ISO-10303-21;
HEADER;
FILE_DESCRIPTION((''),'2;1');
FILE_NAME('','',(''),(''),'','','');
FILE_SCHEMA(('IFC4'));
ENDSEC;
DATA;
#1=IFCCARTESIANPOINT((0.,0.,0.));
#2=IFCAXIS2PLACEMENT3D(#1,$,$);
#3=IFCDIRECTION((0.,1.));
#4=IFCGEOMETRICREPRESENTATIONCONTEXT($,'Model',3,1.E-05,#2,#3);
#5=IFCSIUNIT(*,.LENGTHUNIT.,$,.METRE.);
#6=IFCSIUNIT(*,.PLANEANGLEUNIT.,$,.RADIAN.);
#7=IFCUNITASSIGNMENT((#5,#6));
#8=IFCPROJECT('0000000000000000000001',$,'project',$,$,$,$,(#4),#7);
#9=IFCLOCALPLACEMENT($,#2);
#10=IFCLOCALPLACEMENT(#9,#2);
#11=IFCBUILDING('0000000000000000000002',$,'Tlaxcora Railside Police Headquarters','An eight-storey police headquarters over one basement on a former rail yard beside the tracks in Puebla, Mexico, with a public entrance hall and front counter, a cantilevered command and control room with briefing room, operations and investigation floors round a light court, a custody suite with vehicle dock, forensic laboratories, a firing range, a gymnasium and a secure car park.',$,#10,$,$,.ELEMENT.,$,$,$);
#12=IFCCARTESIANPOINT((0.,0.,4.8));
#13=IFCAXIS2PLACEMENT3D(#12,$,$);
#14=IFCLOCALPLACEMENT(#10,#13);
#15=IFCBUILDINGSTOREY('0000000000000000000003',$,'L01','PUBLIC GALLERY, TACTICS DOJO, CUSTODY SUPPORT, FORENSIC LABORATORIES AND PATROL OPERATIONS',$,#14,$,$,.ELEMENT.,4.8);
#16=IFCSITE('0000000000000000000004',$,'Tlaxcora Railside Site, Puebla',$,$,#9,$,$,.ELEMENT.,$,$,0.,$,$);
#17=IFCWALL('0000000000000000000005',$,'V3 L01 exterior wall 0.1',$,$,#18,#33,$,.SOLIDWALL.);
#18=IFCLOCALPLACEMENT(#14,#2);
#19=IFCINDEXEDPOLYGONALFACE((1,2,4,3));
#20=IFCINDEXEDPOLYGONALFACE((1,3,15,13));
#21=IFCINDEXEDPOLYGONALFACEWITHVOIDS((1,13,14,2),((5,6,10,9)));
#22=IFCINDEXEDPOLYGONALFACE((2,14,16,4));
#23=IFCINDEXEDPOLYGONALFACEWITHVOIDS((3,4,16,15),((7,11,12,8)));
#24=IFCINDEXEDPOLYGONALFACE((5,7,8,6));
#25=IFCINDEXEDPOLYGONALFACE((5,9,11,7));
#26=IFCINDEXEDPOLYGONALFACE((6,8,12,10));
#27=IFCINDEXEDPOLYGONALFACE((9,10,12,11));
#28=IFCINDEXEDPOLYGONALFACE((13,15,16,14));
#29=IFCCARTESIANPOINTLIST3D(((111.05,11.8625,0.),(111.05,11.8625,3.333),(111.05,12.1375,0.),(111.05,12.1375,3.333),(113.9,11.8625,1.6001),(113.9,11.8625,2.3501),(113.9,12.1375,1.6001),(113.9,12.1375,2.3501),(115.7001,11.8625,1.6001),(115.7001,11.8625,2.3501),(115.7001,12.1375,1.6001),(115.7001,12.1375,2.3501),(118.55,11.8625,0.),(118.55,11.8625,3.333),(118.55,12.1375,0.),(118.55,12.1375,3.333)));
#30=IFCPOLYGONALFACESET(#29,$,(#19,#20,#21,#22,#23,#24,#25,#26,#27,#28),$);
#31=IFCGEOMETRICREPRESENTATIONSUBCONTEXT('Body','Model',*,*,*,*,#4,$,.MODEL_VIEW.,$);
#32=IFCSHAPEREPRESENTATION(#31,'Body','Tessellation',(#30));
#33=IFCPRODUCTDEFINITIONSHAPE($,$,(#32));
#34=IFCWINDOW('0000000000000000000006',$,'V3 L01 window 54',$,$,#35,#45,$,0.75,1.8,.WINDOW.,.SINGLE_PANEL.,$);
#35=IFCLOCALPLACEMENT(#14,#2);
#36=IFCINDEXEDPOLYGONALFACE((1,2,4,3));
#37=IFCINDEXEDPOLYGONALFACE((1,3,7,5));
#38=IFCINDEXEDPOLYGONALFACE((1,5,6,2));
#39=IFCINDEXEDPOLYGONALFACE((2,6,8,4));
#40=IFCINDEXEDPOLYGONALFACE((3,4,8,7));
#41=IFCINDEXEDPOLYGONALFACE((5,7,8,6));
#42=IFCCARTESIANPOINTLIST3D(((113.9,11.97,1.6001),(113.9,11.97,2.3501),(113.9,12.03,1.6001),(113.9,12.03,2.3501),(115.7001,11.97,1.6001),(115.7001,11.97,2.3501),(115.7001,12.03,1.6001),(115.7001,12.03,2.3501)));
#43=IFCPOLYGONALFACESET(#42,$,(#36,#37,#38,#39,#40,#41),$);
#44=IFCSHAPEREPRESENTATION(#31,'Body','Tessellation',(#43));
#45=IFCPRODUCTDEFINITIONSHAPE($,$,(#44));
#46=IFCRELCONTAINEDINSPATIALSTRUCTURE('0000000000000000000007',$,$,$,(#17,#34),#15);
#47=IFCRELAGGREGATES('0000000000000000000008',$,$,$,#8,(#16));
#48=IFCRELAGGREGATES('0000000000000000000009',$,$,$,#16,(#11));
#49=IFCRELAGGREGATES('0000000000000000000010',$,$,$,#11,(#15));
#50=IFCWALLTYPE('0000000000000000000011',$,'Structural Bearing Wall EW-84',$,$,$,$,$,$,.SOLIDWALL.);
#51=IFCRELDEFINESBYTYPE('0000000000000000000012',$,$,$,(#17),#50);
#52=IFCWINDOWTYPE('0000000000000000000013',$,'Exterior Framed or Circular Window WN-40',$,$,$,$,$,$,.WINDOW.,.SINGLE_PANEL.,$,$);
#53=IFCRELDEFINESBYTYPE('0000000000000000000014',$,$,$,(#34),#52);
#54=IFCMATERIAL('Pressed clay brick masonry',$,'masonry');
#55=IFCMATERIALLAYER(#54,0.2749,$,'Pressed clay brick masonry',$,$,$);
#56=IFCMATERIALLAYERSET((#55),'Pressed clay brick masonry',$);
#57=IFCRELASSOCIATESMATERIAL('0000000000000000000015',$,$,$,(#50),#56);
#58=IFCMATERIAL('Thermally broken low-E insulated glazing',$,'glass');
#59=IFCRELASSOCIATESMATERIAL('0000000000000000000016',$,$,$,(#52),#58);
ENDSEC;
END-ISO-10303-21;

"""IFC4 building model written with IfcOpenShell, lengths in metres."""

from ifc_helpers import new_model, si_unit, direction, frame, frame_2d, origin, place, context, subcontext, project, spatial, rectangle, extrude, material, layer, layer_set, type_object, element, fill, save


model = new_model("IFC4")

# Units and contexts
model_context = context("Model", 3, precision=1e-05, world=origin(), true_north=direction((0.0, 1.0)))
body_context = subcontext(model_context, "Body", "Model", "MODEL_VIEW")
ifc_project = project(units=[si_unit("LENGTHUNIT", "METRE"), si_unit("PLANEANGLEUNIT", "RADIAN")], contexts=[model_context])

# Site, building, storey
site_placement = place(None, origin())
site = spatial("IfcSite", under=ifc_project, at=site_placement, Name="Tlaxcora Railside Site, Puebla", CompositionType="ELEMENT", RefElevation=0.0)
building_placement = place(site_placement, origin())
building = spatial("IfcBuilding", under=site, at=building_placement, Name="Tlaxcora Railside Police Headquarters", Description="An eight-storey police headquarters over one basement on a former rail yard beside the tracks in Puebla, Mexico, with a public entrance hall and front counter, a cantilevered command and control room with briefing room, operations and investigation floors round a light court, a custody suite with vehicle dock, forensic laboratories, a firing range, a gymnasium and a secure car park.", CompositionType="ELEMENT")
storey_placement = place(building_placement, frame((0.0, 0.0, 4.8)))
storey = spatial("IfcBuildingStorey", under=building, at=storey_placement, Name="L01", Description="PUBLIC GALLERY, TACTICS DOJO, CUSTODY SUPPORT, FORENSIC LABORATORIES AND PATROL OPERATIONS", CompositionType="ELEMENT", Elevation=4.8)

# Wall, opening, window
ifc_material_1 = material(Name="Pressed clay brick masonry", Category="masonry")
ifc_layer_1 = layer(ifc_material_1, 0.2749, Name="Pressed clay brick masonry")
ifc_layer_set_1 = layer_set([ifc_layer_1], Name="Pressed clay brick masonry")
wall_type_1 = type_object("IfcWallType", Name="Structural Bearing Wall EW-84", PredefinedType="SOLIDWALL", material=ifc_layer_set_1)
wall_1_placement = place(storey_placement, frame((111.05, 12.0, 0.0), z_axis=(0.0, 0.0, 1.0), x_axis=(1.0, 0.0, 0.0)))
wall_1 = element("IfcWall", 1, at=wall_1_placement, inside=storey, type_object=wall_type_1, Name="V3 L01 exterior wall 0.1", PredefinedType="SOLIDWALL", context=body_context, shape_type="SweptSolid", body=[
    extrude(rectangle(XDim=7.5, YDim=0.2749, at=frame_2d((3.75, 0.0))), origin(), (0.0, 0.0, 1.0), 3.333),
])
opening_placement = place(wall_1_placement, frame((2.8501, 0.0, 1.6001)))
opening = element("IfcOpeningElement", 2, at=opening_placement, cuts=wall_1, PredefinedType="OPENING", context=body_context, shape_type="SweptSolid", body=[
    extrude(rectangle(XDim=1.8, YDim=0.75, at=frame_2d((0.8999, 0.375))), frame((0.0, 0.1475, 0.0), z_axis=(0.0, -1.0, 0.0), x_axis=(1.0, 0.0, 0.0)), (0.0, 0.0, 1.0), 0.2949),
])
ifc_material_2 = material(Name="Thermally broken low-E insulated glazing", Category="glass")
window_type = type_object("IfcWindowType", Name="Exterior Framed or Circular Window WN-40", PartitioningType="SINGLE_PANEL", PredefinedType="WINDOW", material=ifc_material_2)
window_placement = place(opening_placement, origin())
window = element("IfcWindow", 3, at=window_placement, inside=storey, type_object=window_type, Name="V3 L01 window 54", OverallHeight=0.75, OverallWidth=1.8, PartitioningType="SINGLE_PANEL", PredefinedType="WINDOW", context=body_context, shape_type="SweptSolid", body=[
    extrude(rectangle(XDim=1.8, YDim=0.75, at=frame_2d((0.8999, 0.375))), frame((0.0, 0.03, 0.0), z_axis=(0.0, -1.0, 0.0), x_axis=(1.0, 0.0, 0.0)), (0.0, 0.0, 1.0), 0.0601),
])
fill(opening, window)

save(model, "model.ifc")
